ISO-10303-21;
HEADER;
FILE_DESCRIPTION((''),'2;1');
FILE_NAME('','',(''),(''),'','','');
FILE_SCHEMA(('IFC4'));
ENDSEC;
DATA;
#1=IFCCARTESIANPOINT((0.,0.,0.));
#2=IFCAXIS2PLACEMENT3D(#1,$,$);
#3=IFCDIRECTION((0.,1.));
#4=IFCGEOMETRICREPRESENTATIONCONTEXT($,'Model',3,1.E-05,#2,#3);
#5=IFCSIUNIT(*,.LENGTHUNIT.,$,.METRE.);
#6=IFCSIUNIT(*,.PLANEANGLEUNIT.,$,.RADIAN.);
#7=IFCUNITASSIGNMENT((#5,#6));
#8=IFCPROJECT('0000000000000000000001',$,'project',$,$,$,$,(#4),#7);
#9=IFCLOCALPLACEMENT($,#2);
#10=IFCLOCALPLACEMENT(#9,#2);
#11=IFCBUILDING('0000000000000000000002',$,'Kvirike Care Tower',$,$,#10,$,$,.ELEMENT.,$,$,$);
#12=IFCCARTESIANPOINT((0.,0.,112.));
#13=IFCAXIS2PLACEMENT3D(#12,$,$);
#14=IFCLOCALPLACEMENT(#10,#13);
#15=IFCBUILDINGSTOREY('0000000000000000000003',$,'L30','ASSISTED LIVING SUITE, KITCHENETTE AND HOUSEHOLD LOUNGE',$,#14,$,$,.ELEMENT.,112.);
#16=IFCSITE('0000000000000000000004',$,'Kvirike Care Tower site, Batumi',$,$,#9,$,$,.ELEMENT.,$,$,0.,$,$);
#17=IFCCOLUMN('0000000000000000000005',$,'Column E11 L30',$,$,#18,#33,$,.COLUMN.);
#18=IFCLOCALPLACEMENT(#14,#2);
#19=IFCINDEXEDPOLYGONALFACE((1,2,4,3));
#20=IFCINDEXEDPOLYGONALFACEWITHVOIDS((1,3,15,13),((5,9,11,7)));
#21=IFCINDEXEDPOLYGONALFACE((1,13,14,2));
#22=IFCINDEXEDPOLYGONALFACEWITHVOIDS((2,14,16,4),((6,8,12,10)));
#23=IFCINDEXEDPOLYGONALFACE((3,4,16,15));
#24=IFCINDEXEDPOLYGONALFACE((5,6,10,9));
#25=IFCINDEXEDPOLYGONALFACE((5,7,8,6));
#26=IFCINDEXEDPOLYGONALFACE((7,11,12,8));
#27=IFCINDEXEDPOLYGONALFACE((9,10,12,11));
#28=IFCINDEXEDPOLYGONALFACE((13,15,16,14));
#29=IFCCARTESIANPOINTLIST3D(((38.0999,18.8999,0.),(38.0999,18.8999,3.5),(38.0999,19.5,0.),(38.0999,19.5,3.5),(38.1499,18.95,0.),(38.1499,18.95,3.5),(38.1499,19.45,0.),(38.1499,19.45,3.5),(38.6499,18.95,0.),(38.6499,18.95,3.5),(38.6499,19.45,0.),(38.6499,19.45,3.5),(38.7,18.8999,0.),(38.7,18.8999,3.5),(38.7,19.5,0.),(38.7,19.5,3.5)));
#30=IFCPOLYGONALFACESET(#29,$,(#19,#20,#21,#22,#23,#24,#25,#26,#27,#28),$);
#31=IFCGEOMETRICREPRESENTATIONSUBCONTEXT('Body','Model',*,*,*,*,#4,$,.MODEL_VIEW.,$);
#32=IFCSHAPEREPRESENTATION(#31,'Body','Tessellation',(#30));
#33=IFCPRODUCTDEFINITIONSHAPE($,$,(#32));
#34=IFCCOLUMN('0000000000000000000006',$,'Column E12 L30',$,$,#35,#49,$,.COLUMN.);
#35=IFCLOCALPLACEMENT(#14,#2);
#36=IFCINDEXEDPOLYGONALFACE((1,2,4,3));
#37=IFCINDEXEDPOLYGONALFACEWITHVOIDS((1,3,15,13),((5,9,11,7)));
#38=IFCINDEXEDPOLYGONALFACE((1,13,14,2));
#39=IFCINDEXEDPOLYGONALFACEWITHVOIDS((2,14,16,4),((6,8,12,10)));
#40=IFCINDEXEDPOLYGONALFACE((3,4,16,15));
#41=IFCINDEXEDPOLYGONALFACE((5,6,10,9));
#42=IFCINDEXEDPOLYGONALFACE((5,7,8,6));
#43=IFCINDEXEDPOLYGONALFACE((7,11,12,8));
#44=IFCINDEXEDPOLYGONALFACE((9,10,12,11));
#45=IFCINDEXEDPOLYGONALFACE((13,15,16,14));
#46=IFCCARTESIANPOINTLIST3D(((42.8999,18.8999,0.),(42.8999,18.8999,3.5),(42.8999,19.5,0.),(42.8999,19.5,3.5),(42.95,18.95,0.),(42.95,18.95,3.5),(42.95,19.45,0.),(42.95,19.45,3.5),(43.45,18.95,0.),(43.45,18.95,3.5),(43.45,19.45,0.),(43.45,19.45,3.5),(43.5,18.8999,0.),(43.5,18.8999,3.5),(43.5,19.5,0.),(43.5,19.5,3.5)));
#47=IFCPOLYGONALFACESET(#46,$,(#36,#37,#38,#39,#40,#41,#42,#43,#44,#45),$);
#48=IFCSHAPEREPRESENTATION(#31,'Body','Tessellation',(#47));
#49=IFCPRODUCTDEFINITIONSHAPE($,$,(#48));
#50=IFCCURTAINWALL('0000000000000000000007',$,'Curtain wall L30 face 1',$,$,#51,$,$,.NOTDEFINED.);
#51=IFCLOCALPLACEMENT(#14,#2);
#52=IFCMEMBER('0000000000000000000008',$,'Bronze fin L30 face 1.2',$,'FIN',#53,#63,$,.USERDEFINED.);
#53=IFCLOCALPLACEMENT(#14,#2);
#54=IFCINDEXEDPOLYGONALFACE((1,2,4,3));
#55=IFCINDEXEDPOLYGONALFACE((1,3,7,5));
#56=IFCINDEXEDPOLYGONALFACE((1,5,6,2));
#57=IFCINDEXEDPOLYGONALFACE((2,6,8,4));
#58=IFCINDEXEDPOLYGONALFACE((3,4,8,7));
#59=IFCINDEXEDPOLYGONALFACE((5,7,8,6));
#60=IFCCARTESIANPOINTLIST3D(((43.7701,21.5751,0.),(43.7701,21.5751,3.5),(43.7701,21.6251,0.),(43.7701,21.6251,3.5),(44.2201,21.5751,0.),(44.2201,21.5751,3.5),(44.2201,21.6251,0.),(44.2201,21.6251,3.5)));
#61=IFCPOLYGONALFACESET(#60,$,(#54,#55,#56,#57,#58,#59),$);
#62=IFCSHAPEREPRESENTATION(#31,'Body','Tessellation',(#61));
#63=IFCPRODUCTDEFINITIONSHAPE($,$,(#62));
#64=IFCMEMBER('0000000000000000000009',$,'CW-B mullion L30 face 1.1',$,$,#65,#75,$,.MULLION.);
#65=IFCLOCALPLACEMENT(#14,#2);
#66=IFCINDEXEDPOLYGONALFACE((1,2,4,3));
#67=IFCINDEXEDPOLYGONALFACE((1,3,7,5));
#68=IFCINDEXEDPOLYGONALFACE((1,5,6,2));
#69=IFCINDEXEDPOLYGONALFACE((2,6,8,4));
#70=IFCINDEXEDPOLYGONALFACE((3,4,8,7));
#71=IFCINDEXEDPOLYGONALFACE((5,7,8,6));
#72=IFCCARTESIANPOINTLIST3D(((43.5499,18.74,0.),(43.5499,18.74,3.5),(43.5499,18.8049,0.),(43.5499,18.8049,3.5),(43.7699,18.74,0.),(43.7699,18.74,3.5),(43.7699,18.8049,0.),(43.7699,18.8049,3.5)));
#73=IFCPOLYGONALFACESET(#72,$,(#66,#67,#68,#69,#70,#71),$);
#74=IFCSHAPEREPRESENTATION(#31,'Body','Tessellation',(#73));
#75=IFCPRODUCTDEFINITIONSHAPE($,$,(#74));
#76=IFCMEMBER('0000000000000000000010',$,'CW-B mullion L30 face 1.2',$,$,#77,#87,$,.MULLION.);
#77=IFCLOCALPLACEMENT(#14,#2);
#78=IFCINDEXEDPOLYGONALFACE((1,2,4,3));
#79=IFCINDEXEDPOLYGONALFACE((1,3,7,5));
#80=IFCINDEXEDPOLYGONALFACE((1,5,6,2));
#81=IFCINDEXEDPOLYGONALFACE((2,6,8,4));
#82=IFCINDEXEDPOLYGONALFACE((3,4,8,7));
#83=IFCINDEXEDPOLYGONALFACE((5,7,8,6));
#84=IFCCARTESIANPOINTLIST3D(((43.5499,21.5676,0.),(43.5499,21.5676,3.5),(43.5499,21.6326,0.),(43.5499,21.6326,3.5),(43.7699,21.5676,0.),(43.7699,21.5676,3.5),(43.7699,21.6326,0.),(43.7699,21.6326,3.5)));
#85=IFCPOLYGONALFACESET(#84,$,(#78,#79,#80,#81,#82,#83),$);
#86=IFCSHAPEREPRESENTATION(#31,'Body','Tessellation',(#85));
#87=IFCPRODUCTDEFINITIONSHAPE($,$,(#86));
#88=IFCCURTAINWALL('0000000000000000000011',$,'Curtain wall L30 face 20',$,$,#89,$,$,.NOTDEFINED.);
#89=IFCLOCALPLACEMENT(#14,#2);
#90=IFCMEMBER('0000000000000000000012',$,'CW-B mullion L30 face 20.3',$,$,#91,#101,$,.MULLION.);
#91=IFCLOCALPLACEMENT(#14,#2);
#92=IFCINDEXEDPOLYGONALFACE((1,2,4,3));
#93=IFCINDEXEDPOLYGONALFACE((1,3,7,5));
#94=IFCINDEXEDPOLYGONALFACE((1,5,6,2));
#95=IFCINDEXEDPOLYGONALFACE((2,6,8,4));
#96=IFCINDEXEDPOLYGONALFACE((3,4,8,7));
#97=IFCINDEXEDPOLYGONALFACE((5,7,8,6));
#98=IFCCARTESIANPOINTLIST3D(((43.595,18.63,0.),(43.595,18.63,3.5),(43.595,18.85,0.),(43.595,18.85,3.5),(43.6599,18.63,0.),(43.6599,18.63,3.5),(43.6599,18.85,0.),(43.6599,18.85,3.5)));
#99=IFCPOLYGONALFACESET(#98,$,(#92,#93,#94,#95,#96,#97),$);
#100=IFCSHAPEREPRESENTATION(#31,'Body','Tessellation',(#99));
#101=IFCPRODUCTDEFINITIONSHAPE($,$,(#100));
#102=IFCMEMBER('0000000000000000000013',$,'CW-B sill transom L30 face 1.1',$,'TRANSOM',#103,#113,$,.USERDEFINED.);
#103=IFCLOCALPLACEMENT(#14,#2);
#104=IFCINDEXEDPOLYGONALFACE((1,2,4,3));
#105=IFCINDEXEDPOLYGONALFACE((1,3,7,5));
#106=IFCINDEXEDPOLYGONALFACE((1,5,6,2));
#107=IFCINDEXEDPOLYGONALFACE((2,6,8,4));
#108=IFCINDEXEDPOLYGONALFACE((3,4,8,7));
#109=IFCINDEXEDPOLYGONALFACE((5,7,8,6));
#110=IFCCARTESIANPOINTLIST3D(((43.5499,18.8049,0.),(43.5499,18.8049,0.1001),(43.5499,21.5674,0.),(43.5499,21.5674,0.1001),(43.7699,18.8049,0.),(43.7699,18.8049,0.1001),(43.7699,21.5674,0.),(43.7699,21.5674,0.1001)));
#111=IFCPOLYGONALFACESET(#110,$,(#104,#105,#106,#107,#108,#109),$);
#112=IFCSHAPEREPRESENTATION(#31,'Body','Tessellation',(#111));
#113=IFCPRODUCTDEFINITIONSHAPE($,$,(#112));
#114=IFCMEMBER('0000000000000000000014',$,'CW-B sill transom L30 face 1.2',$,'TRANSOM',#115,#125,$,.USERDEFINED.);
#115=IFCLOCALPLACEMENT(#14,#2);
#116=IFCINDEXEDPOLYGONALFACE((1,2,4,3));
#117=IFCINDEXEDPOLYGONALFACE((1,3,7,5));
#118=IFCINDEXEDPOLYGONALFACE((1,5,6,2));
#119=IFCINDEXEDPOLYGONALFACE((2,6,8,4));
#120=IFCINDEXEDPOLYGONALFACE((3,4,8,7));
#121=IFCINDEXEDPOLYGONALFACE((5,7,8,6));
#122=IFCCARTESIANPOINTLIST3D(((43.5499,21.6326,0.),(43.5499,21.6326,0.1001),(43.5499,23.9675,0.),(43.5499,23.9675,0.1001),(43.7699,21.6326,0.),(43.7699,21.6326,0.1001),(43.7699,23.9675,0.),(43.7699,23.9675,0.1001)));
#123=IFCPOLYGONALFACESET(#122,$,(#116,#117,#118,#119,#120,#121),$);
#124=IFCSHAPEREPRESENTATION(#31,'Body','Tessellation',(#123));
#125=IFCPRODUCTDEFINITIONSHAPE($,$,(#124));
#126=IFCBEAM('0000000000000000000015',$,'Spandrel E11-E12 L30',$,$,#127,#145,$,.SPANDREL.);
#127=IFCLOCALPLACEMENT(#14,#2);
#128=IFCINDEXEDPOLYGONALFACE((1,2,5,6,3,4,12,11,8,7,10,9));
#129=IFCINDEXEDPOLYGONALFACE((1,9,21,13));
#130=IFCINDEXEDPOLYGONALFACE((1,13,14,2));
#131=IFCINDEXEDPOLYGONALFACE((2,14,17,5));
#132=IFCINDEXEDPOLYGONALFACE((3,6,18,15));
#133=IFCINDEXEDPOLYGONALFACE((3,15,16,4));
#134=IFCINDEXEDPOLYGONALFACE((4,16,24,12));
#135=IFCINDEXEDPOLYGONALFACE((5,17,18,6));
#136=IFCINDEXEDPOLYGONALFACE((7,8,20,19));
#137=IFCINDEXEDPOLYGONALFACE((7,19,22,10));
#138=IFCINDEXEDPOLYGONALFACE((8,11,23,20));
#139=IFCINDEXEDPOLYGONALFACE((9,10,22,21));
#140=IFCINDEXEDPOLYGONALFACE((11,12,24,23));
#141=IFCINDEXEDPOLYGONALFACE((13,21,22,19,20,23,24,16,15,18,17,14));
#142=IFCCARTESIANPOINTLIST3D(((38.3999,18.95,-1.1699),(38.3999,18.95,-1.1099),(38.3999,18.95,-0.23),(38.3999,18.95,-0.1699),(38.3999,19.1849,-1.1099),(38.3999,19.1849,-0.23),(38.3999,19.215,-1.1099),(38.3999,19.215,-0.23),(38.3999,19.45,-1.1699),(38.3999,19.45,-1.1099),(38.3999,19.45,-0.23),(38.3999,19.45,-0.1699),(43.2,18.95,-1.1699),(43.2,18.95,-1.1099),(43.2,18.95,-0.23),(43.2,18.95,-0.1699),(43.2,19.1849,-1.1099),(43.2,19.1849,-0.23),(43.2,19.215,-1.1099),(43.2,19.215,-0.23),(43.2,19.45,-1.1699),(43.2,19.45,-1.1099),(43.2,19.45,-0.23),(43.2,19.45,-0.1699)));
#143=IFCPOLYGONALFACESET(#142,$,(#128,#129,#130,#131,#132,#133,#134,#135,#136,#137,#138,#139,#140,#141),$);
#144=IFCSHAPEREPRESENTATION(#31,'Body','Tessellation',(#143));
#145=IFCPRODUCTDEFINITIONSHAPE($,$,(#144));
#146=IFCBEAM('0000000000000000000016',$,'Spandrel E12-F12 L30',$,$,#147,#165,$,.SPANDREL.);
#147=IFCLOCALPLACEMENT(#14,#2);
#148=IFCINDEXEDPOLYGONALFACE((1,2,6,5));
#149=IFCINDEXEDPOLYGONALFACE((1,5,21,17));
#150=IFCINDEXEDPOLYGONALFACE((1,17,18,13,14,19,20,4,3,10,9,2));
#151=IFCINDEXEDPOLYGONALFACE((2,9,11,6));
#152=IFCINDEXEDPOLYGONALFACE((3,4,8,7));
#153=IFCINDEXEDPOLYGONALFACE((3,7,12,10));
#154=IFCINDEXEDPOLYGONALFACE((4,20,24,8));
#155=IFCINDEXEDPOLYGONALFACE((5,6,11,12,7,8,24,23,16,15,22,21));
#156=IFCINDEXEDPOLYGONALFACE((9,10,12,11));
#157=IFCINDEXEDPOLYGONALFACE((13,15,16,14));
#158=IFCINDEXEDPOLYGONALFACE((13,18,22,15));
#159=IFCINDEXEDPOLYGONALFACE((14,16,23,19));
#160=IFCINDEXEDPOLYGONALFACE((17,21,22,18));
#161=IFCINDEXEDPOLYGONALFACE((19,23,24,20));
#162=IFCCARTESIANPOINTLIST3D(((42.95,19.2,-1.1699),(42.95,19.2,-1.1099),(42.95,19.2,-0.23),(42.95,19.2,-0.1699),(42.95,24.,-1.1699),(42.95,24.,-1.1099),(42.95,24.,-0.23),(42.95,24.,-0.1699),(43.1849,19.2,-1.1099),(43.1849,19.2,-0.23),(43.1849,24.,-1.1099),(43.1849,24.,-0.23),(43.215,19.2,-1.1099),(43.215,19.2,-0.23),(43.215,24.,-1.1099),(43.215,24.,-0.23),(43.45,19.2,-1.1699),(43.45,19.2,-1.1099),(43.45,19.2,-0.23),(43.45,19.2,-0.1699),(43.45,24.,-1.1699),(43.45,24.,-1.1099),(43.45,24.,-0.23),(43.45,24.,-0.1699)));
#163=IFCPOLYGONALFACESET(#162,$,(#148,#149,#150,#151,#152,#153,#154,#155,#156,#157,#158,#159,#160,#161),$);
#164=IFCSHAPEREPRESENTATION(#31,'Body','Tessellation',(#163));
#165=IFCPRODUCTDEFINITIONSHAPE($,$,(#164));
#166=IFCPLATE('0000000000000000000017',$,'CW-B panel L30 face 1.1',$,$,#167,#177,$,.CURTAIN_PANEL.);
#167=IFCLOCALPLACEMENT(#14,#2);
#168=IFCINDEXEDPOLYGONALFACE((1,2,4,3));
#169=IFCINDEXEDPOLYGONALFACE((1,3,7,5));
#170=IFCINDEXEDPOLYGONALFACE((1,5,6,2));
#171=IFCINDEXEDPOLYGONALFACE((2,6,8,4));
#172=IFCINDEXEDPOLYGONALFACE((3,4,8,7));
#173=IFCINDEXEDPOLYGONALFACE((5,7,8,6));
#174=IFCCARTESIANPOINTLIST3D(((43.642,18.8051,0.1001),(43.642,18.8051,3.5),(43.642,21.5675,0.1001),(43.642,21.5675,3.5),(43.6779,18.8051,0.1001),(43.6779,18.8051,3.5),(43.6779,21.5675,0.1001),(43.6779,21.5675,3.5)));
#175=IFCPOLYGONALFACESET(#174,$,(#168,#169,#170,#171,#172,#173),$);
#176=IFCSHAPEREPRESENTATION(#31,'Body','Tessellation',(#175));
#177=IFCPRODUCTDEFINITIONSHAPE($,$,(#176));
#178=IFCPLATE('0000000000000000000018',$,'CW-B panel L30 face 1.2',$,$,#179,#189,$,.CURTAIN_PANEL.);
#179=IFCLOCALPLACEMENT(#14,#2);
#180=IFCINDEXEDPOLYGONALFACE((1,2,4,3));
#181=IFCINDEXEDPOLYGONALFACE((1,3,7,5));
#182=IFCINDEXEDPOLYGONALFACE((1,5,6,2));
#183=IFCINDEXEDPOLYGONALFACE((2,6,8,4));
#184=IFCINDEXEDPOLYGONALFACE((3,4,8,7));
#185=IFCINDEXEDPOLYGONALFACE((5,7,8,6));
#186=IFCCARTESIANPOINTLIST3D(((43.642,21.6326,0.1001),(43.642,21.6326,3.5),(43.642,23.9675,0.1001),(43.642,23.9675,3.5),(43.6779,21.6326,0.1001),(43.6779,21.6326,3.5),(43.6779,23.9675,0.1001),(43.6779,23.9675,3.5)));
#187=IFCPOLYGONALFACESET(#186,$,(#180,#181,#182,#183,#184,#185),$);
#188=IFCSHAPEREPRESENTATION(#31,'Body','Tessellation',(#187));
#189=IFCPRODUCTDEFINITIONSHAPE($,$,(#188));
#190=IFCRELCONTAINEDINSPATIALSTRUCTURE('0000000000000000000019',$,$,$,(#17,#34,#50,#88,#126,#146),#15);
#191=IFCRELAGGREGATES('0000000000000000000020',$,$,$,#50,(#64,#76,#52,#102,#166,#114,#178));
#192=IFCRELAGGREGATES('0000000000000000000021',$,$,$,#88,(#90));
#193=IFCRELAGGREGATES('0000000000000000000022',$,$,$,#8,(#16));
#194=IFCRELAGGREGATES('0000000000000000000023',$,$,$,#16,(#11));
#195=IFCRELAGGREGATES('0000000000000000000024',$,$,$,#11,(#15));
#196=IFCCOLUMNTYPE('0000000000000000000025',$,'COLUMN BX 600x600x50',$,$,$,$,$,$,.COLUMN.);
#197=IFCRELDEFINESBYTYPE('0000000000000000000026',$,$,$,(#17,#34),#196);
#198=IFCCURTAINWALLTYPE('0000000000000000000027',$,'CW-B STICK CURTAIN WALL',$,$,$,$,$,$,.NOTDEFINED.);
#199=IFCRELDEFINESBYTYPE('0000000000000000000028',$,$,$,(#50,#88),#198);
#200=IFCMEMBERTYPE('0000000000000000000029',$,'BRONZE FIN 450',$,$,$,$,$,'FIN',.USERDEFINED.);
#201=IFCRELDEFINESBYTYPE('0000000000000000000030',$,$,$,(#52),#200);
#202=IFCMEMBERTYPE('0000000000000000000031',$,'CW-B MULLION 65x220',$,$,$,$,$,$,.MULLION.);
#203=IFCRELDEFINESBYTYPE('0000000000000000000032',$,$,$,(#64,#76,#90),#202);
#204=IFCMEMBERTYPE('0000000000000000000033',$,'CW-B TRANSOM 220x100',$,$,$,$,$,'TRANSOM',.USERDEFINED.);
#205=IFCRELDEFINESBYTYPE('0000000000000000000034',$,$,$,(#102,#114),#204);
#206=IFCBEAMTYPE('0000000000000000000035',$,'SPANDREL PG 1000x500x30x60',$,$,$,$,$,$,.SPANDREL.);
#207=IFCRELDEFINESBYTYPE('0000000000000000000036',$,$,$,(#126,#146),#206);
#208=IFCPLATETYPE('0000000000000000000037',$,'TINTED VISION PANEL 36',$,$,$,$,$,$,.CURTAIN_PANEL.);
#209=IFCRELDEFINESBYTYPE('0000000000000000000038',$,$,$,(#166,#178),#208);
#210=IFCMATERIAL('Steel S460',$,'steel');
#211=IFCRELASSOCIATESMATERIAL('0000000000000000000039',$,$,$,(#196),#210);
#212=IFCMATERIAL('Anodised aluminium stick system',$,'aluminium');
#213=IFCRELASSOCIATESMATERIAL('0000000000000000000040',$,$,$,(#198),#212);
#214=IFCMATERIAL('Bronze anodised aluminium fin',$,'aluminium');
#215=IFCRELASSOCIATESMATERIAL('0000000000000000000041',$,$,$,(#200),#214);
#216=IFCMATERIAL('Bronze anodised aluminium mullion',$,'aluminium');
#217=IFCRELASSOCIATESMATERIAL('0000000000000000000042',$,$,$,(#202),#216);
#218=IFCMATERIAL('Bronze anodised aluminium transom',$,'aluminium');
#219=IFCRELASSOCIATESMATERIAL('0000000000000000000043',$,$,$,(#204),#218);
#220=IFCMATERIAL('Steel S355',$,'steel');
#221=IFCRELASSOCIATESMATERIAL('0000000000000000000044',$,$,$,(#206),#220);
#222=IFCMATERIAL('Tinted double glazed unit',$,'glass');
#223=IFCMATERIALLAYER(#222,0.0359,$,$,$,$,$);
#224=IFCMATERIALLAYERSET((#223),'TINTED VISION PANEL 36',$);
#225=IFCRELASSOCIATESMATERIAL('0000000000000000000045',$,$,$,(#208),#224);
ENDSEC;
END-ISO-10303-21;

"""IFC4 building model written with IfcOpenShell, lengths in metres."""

from ifc_helpers import new_model, si_unit, direction, frame, origin, origin_2d, place, context, subcontext, project, spatial, rectangle, hollow_rectangle, i_section, extrude, material, layer, layer_set, material_profile, profile_set, type_object, element, aggregate, save


model = new_model("IFC4")

# Units and contexts
model_context = context("Model", 3, precision=1e-05, world=origin(), true_north=direction((0.0, 1.0)))
body_context = subcontext(model_context, "Body", "Model", "MODEL_VIEW")
ifc_project = project(units=[si_unit("LENGTHUNIT", "METRE"), si_unit("PLANEANGLEUNIT", "RADIAN")], contexts=[model_context])

# Site, building, storey
site_placement = place(None, origin())
site = spatial("IfcSite", under=ifc_project, at=site_placement, Name="Kvirike Care Tower site, Batumi", CompositionType="ELEMENT", RefElevation=0.0)
building_placement = place(site_placement, origin())
building = spatial("IfcBuilding", under=site, at=building_placement, Name="Kvirike Care Tower", CompositionType="ELEMENT")
storey_placement = place(building_placement, frame((0.0, 0.0, 112.0)))
storey = spatial("IfcBuildingStorey", under=building, at=storey_placement, Name="L30", Description="ASSISTED LIVING SUITE, KITCHENETTE AND HOUSEHOLD LOUNGE", CompositionType="ELEMENT", Elevation=112.0)

# Columns
ifc_material_1 = material(Name="Steel S460", Category="steel")
ifc_material_profile_1 = material_profile(ifc_material_1, hollow_rectangle(XDim=0.6001, YDim=0.6001, WallThickness=0.05, at=origin_2d()), Name="BX 600x600x50")
ifc_profile_set_1 = profile_set([ifc_material_profile_1], Name="Steel S460")
column_type = type_object("IfcColumnType", Name="COLUMN BX 600x600x50", PredefinedType="COLUMN", material=ifc_profile_set_1)
for number, where, z_axis, x_axis, name in (
    (1, (38.3999, 19.2, 0.0), (0.0, 0.0, 1.0), (0.0, 1.0, 0.0), "Column E11 L30"),
    (2, (43.2, 19.2, 0.0), (0.0, 0.0, 1.0), (0.0, 1.0, 0.0), "Column E12 L30"),
):
    element("IfcColumn", number, at=place(storey_placement, frame(where, z_axis=z_axis, x_axis=x_axis)), inside=storey, type_object=column_type, Name=name, PredefinedType="COLUMN", context=body_context, shape_type="SweptSolid", body=[
        extrude(hollow_rectangle(XDim=0.6001, YDim=0.6001, WallThickness=0.05, at=origin_2d()), origin(), (0.0, 0.0, 1.0), 3.5),
    ])

# Curtain wall, members
ifc_material_2 = material(Name="Anodised aluminium stick system", Category="aluminium")
curtain_wall_type = type_object("IfcCurtainWallType", Name="CW-B STICK CURTAIN WALL", PredefinedType="NOTDEFINED", material=ifc_material_2)
curtain_wall_1_placement = place(storey_placement, origin())
curtain_wall_1 = element("IfcCurtainWall", 3, at=curtain_wall_1_placement, inside=storey, type_object=curtain_wall_type, Name="Curtain wall L30 face 1", PredefinedType="NOTDEFINED")
ifc_material_3 = material(Name="Bronze anodised aluminium fin", Category="aluminium")
ifc_material_profile_2 = material_profile(ifc_material_3, rectangle(XDim=0.05, YDim=0.45, at=origin_2d()), Name="BRONZE FIN 450")
ifc_profile_set_2 = profile_set([ifc_material_profile_2], Name="Bronze anodised aluminium fin")
member_type_1 = type_object("IfcMemberType", Name="BRONZE FIN 450", ElementType="FIN", PredefinedType="USERDEFINED", material=ifc_profile_set_2)
member_1_placement = place(storey_placement, frame((43.9951, 21.6001, 0.0), z_axis=(0.0, 0.0, 1.0), x_axis=(0.0, 1.0, 0.0)))
member_1 = element("IfcMember", 4, at=member_1_placement, type_object=member_type_1, Name="Bronze fin L30 face 1.2", ObjectType="FIN", PredefinedType="USERDEFINED", context=body_context, shape_type="SweptSolid", body=[
    extrude(rectangle(XDim=0.05, YDim=0.45, at=origin_2d()), origin(), (0.0, 0.0, 1.0), 3.5),
])
ifc_material_4 = material(Name="Bronze anodised aluminium mullion", Category="aluminium")
ifc_material_profile_3 = material_profile(ifc_material_4, rectangle(XDim=0.0649, YDim=0.22, at=origin_2d()), Name="CW-B MULLION 65x220")
ifc_profile_set_3 = profile_set([ifc_material_profile_3], Name="Bronze anodised aluminium mullion")
member_type_2 = type_object("IfcMemberType", Name="CW-B MULLION 65x220", PredefinedType="MULLION", material=ifc_profile_set_3)
member_2_placement = place(storey_placement, frame((43.6599, 18.7725, 0.0), z_axis=(0.0, 0.0, 1.0), x_axis=(0.0, 1.0, 0.0)))
member_2 = element("IfcMember", 5, at=member_2_placement, type_object=member_type_2, Name="CW-B mullion L30 face 1.1", PredefinedType="MULLION", context=body_context, shape_type="SweptSolid", body=[
    extrude(rectangle(XDim=0.0649, YDim=0.22, at=origin_2d()), origin(), (0.0, 0.0, 1.0), 3.5),
])
member_3_placement = place(storey_placement, frame((43.6599, 21.6001, 0.0), z_axis=(0.0, 0.0, 1.0), x_axis=(0.0, 1.0, 0.0)))
member_3 = element("IfcMember", 6, at=member_3_placement, type_object=member_type_2, Name="CW-B mullion L30 face 1.2", PredefinedType="MULLION", context=body_context, shape_type="SweptSolid", body=[
    extrude(rectangle(XDim=0.0649, YDim=0.22, at=origin_2d()), origin(), (0.0, 0.0, 1.0), 3.5),
])

# Curtain wall, member
curtain_wall_2_placement = place(storey_placement, origin())
curtain_wall_2 = element("IfcCurtainWall", 7, at=curtain_wall_2_placement, inside=storey, type_object=curtain_wall_type, Name="Curtain wall L30 face 20", PredefinedType="NOTDEFINED")
member_4_placement = place(storey_placement, frame((43.6274, 18.74, 0.0), z_axis=(0.0, 0.0, 1.0), x_axis=(1.0, 0.0, 0.0)))
member_4 = element("IfcMember", 8, at=member_4_placement, type_object=member_type_2, Name="CW-B mullion L30 face 20.3", PredefinedType="MULLION", context=body_context, shape_type="SweptSolid", body=[
    extrude(rectangle(XDim=0.0649, YDim=0.22, at=origin_2d()), origin(), (0.0, 0.0, 1.0), 3.5),
])

# Members
ifc_material_5 = material(Name="Bronze anodised aluminium transom", Category="aluminium")
ifc_material_profile_4 = material_profile(ifc_material_5, rectangle(XDim=0.22, YDim=0.1001, at=origin_2d()), Name="CW-B TRANSOM 220x100")
ifc_profile_set_4 = profile_set([ifc_material_profile_4], Name="Bronze anodised aluminium transom")
member_type_3 = type_object("IfcMemberType", Name="CW-B TRANSOM 220x100", ElementType="TRANSOM", PredefinedType="USERDEFINED", material=ifc_profile_set_4)
member_5_placement = place(storey_placement, frame((43.6599, 18.8049, 0.05), z_axis=(0.0, 1.0, 0.0), x_axis=(-1.0, 0.0, 0.0)))
member_5 = element("IfcMember", 9, at=member_5_placement, type_object=member_type_3, Name="CW-B sill transom L30 face 1.1", ObjectType="TRANSOM", PredefinedType="USERDEFINED", context=body_context, shape_type="SweptSolid", body=[
    extrude(rectangle(XDim=0.22, YDim=0.1001, at=origin_2d()), origin(), (0.0, 0.0, 1.0), 2.7625),
])
member_6_placement = place(storey_placement, frame((43.6599, 21.6326, 0.05), z_axis=(0.0, 1.0, 0.0), x_axis=(-1.0, 0.0, 0.0)))
member_6 = element("IfcMember", 10, at=member_6_placement, type_object=member_type_3, Name="CW-B sill transom L30 face 1.2", ObjectType="TRANSOM", PredefinedType="USERDEFINED", context=body_context, shape_type="SweptSolid", body=[
    extrude(rectangle(XDim=0.22, YDim=0.1001, at=origin_2d()), origin(), (0.0, 0.0, 1.0), 2.335),
])

# Beams
ifc_material_6 = material(Name="Steel S355", Category="steel")
ifc_material_profile_5 = material_profile(ifc_material_6, i_section(OverallWidth=0.5, OverallDepth=1.0, WebThickness=0.03, FlangeThickness=0.0601, at=origin_2d()), Name="PG 1000x500x30x60")
ifc_profile_set_5 = profile_set([ifc_material_profile_5], Name="Steel S355")
beam_type = type_object("IfcBeamType", Name="SPANDREL PG 1000x500x30x60", PredefinedType="SPANDREL", material=ifc_profile_set_5)
for number, where, z_axis, x_axis, name in (
    (11, (38.3999, 19.2, -0.6699), (1.0, 0.0, 0.0), (0.0, 1.0, 0.0), "Spandrel E11-E12 L30"),
    (12, (43.2, 19.2, -0.6699), (0.0, 1.0, 0.0), (-1.0, 0.0, 0.0), "Spandrel E12-F12 L30"),
):
    element("IfcBeam", number, at=place(storey_placement, frame(where, z_axis=z_axis, x_axis=x_axis)), inside=storey, type_object=beam_type, Name=name, PredefinedType="SPANDREL", context=body_context, shape_type="SweptSolid", body=[
        extrude(i_section(OverallWidth=0.5, OverallDepth=1.0, WebThickness=0.03, FlangeThickness=0.0601, at=origin_2d()), origin(), (0.0, 0.0, 1.0), 4.8),
    ])

# Plates
ifc_material_7 = material(Name="Tinted double glazed unit", Category="glass")
ifc_layer_1 = layer(ifc_material_7, 0.0359)
ifc_layer_set_1 = layer_set([ifc_layer_1], Name="TINTED VISION PANEL 36")
plate_type = type_object("IfcPlateType", Name="TINTED VISION PANEL 36", PredefinedType="CURTAIN_PANEL", material=ifc_layer_set_1)
plate_1_placement = place(storey_placement, frame((43.6599, 20.1863, 0.1001), z_axis=(0.0, 0.0, 1.0), x_axis=(0.0, 1.0, 0.0)))
plate_1 = element("IfcPlate", 13, at=plate_1_placement, type_object=plate_type, Name="CW-B panel L30 face 1.1", PredefinedType="CURTAIN_PANEL", context=body_context, shape_type="SweptSolid", body=[
    extrude(rectangle(XDim=2.7625, YDim=0.0359, at=origin_2d()), origin(), (0.0, 0.0, 1.0), 3.3999),
])
plate_2_placement = place(storey_placement, frame((43.6599, 22.8, 0.1001), z_axis=(0.0, 0.0, 1.0), x_axis=(0.0, 1.0, 0.0)))
plate_2 = element("IfcPlate", 14, at=plate_2_placement, type_object=plate_type, Name="CW-B panel L30 face 1.2", PredefinedType="CURTAIN_PANEL", context=body_context, shape_type="SweptSolid", body=[
    extrude(rectangle(XDim=2.335, YDim=0.0359, at=origin_2d()), origin(), (0.0, 0.0, 1.0), 3.3999),
])
aggregate(curtain_wall_1, [member_2, member_3, member_1, member_5, plate_1, member_6, plate_2])
aggregate(curtain_wall_2, [member_4])

save(model, "model.ifc")
